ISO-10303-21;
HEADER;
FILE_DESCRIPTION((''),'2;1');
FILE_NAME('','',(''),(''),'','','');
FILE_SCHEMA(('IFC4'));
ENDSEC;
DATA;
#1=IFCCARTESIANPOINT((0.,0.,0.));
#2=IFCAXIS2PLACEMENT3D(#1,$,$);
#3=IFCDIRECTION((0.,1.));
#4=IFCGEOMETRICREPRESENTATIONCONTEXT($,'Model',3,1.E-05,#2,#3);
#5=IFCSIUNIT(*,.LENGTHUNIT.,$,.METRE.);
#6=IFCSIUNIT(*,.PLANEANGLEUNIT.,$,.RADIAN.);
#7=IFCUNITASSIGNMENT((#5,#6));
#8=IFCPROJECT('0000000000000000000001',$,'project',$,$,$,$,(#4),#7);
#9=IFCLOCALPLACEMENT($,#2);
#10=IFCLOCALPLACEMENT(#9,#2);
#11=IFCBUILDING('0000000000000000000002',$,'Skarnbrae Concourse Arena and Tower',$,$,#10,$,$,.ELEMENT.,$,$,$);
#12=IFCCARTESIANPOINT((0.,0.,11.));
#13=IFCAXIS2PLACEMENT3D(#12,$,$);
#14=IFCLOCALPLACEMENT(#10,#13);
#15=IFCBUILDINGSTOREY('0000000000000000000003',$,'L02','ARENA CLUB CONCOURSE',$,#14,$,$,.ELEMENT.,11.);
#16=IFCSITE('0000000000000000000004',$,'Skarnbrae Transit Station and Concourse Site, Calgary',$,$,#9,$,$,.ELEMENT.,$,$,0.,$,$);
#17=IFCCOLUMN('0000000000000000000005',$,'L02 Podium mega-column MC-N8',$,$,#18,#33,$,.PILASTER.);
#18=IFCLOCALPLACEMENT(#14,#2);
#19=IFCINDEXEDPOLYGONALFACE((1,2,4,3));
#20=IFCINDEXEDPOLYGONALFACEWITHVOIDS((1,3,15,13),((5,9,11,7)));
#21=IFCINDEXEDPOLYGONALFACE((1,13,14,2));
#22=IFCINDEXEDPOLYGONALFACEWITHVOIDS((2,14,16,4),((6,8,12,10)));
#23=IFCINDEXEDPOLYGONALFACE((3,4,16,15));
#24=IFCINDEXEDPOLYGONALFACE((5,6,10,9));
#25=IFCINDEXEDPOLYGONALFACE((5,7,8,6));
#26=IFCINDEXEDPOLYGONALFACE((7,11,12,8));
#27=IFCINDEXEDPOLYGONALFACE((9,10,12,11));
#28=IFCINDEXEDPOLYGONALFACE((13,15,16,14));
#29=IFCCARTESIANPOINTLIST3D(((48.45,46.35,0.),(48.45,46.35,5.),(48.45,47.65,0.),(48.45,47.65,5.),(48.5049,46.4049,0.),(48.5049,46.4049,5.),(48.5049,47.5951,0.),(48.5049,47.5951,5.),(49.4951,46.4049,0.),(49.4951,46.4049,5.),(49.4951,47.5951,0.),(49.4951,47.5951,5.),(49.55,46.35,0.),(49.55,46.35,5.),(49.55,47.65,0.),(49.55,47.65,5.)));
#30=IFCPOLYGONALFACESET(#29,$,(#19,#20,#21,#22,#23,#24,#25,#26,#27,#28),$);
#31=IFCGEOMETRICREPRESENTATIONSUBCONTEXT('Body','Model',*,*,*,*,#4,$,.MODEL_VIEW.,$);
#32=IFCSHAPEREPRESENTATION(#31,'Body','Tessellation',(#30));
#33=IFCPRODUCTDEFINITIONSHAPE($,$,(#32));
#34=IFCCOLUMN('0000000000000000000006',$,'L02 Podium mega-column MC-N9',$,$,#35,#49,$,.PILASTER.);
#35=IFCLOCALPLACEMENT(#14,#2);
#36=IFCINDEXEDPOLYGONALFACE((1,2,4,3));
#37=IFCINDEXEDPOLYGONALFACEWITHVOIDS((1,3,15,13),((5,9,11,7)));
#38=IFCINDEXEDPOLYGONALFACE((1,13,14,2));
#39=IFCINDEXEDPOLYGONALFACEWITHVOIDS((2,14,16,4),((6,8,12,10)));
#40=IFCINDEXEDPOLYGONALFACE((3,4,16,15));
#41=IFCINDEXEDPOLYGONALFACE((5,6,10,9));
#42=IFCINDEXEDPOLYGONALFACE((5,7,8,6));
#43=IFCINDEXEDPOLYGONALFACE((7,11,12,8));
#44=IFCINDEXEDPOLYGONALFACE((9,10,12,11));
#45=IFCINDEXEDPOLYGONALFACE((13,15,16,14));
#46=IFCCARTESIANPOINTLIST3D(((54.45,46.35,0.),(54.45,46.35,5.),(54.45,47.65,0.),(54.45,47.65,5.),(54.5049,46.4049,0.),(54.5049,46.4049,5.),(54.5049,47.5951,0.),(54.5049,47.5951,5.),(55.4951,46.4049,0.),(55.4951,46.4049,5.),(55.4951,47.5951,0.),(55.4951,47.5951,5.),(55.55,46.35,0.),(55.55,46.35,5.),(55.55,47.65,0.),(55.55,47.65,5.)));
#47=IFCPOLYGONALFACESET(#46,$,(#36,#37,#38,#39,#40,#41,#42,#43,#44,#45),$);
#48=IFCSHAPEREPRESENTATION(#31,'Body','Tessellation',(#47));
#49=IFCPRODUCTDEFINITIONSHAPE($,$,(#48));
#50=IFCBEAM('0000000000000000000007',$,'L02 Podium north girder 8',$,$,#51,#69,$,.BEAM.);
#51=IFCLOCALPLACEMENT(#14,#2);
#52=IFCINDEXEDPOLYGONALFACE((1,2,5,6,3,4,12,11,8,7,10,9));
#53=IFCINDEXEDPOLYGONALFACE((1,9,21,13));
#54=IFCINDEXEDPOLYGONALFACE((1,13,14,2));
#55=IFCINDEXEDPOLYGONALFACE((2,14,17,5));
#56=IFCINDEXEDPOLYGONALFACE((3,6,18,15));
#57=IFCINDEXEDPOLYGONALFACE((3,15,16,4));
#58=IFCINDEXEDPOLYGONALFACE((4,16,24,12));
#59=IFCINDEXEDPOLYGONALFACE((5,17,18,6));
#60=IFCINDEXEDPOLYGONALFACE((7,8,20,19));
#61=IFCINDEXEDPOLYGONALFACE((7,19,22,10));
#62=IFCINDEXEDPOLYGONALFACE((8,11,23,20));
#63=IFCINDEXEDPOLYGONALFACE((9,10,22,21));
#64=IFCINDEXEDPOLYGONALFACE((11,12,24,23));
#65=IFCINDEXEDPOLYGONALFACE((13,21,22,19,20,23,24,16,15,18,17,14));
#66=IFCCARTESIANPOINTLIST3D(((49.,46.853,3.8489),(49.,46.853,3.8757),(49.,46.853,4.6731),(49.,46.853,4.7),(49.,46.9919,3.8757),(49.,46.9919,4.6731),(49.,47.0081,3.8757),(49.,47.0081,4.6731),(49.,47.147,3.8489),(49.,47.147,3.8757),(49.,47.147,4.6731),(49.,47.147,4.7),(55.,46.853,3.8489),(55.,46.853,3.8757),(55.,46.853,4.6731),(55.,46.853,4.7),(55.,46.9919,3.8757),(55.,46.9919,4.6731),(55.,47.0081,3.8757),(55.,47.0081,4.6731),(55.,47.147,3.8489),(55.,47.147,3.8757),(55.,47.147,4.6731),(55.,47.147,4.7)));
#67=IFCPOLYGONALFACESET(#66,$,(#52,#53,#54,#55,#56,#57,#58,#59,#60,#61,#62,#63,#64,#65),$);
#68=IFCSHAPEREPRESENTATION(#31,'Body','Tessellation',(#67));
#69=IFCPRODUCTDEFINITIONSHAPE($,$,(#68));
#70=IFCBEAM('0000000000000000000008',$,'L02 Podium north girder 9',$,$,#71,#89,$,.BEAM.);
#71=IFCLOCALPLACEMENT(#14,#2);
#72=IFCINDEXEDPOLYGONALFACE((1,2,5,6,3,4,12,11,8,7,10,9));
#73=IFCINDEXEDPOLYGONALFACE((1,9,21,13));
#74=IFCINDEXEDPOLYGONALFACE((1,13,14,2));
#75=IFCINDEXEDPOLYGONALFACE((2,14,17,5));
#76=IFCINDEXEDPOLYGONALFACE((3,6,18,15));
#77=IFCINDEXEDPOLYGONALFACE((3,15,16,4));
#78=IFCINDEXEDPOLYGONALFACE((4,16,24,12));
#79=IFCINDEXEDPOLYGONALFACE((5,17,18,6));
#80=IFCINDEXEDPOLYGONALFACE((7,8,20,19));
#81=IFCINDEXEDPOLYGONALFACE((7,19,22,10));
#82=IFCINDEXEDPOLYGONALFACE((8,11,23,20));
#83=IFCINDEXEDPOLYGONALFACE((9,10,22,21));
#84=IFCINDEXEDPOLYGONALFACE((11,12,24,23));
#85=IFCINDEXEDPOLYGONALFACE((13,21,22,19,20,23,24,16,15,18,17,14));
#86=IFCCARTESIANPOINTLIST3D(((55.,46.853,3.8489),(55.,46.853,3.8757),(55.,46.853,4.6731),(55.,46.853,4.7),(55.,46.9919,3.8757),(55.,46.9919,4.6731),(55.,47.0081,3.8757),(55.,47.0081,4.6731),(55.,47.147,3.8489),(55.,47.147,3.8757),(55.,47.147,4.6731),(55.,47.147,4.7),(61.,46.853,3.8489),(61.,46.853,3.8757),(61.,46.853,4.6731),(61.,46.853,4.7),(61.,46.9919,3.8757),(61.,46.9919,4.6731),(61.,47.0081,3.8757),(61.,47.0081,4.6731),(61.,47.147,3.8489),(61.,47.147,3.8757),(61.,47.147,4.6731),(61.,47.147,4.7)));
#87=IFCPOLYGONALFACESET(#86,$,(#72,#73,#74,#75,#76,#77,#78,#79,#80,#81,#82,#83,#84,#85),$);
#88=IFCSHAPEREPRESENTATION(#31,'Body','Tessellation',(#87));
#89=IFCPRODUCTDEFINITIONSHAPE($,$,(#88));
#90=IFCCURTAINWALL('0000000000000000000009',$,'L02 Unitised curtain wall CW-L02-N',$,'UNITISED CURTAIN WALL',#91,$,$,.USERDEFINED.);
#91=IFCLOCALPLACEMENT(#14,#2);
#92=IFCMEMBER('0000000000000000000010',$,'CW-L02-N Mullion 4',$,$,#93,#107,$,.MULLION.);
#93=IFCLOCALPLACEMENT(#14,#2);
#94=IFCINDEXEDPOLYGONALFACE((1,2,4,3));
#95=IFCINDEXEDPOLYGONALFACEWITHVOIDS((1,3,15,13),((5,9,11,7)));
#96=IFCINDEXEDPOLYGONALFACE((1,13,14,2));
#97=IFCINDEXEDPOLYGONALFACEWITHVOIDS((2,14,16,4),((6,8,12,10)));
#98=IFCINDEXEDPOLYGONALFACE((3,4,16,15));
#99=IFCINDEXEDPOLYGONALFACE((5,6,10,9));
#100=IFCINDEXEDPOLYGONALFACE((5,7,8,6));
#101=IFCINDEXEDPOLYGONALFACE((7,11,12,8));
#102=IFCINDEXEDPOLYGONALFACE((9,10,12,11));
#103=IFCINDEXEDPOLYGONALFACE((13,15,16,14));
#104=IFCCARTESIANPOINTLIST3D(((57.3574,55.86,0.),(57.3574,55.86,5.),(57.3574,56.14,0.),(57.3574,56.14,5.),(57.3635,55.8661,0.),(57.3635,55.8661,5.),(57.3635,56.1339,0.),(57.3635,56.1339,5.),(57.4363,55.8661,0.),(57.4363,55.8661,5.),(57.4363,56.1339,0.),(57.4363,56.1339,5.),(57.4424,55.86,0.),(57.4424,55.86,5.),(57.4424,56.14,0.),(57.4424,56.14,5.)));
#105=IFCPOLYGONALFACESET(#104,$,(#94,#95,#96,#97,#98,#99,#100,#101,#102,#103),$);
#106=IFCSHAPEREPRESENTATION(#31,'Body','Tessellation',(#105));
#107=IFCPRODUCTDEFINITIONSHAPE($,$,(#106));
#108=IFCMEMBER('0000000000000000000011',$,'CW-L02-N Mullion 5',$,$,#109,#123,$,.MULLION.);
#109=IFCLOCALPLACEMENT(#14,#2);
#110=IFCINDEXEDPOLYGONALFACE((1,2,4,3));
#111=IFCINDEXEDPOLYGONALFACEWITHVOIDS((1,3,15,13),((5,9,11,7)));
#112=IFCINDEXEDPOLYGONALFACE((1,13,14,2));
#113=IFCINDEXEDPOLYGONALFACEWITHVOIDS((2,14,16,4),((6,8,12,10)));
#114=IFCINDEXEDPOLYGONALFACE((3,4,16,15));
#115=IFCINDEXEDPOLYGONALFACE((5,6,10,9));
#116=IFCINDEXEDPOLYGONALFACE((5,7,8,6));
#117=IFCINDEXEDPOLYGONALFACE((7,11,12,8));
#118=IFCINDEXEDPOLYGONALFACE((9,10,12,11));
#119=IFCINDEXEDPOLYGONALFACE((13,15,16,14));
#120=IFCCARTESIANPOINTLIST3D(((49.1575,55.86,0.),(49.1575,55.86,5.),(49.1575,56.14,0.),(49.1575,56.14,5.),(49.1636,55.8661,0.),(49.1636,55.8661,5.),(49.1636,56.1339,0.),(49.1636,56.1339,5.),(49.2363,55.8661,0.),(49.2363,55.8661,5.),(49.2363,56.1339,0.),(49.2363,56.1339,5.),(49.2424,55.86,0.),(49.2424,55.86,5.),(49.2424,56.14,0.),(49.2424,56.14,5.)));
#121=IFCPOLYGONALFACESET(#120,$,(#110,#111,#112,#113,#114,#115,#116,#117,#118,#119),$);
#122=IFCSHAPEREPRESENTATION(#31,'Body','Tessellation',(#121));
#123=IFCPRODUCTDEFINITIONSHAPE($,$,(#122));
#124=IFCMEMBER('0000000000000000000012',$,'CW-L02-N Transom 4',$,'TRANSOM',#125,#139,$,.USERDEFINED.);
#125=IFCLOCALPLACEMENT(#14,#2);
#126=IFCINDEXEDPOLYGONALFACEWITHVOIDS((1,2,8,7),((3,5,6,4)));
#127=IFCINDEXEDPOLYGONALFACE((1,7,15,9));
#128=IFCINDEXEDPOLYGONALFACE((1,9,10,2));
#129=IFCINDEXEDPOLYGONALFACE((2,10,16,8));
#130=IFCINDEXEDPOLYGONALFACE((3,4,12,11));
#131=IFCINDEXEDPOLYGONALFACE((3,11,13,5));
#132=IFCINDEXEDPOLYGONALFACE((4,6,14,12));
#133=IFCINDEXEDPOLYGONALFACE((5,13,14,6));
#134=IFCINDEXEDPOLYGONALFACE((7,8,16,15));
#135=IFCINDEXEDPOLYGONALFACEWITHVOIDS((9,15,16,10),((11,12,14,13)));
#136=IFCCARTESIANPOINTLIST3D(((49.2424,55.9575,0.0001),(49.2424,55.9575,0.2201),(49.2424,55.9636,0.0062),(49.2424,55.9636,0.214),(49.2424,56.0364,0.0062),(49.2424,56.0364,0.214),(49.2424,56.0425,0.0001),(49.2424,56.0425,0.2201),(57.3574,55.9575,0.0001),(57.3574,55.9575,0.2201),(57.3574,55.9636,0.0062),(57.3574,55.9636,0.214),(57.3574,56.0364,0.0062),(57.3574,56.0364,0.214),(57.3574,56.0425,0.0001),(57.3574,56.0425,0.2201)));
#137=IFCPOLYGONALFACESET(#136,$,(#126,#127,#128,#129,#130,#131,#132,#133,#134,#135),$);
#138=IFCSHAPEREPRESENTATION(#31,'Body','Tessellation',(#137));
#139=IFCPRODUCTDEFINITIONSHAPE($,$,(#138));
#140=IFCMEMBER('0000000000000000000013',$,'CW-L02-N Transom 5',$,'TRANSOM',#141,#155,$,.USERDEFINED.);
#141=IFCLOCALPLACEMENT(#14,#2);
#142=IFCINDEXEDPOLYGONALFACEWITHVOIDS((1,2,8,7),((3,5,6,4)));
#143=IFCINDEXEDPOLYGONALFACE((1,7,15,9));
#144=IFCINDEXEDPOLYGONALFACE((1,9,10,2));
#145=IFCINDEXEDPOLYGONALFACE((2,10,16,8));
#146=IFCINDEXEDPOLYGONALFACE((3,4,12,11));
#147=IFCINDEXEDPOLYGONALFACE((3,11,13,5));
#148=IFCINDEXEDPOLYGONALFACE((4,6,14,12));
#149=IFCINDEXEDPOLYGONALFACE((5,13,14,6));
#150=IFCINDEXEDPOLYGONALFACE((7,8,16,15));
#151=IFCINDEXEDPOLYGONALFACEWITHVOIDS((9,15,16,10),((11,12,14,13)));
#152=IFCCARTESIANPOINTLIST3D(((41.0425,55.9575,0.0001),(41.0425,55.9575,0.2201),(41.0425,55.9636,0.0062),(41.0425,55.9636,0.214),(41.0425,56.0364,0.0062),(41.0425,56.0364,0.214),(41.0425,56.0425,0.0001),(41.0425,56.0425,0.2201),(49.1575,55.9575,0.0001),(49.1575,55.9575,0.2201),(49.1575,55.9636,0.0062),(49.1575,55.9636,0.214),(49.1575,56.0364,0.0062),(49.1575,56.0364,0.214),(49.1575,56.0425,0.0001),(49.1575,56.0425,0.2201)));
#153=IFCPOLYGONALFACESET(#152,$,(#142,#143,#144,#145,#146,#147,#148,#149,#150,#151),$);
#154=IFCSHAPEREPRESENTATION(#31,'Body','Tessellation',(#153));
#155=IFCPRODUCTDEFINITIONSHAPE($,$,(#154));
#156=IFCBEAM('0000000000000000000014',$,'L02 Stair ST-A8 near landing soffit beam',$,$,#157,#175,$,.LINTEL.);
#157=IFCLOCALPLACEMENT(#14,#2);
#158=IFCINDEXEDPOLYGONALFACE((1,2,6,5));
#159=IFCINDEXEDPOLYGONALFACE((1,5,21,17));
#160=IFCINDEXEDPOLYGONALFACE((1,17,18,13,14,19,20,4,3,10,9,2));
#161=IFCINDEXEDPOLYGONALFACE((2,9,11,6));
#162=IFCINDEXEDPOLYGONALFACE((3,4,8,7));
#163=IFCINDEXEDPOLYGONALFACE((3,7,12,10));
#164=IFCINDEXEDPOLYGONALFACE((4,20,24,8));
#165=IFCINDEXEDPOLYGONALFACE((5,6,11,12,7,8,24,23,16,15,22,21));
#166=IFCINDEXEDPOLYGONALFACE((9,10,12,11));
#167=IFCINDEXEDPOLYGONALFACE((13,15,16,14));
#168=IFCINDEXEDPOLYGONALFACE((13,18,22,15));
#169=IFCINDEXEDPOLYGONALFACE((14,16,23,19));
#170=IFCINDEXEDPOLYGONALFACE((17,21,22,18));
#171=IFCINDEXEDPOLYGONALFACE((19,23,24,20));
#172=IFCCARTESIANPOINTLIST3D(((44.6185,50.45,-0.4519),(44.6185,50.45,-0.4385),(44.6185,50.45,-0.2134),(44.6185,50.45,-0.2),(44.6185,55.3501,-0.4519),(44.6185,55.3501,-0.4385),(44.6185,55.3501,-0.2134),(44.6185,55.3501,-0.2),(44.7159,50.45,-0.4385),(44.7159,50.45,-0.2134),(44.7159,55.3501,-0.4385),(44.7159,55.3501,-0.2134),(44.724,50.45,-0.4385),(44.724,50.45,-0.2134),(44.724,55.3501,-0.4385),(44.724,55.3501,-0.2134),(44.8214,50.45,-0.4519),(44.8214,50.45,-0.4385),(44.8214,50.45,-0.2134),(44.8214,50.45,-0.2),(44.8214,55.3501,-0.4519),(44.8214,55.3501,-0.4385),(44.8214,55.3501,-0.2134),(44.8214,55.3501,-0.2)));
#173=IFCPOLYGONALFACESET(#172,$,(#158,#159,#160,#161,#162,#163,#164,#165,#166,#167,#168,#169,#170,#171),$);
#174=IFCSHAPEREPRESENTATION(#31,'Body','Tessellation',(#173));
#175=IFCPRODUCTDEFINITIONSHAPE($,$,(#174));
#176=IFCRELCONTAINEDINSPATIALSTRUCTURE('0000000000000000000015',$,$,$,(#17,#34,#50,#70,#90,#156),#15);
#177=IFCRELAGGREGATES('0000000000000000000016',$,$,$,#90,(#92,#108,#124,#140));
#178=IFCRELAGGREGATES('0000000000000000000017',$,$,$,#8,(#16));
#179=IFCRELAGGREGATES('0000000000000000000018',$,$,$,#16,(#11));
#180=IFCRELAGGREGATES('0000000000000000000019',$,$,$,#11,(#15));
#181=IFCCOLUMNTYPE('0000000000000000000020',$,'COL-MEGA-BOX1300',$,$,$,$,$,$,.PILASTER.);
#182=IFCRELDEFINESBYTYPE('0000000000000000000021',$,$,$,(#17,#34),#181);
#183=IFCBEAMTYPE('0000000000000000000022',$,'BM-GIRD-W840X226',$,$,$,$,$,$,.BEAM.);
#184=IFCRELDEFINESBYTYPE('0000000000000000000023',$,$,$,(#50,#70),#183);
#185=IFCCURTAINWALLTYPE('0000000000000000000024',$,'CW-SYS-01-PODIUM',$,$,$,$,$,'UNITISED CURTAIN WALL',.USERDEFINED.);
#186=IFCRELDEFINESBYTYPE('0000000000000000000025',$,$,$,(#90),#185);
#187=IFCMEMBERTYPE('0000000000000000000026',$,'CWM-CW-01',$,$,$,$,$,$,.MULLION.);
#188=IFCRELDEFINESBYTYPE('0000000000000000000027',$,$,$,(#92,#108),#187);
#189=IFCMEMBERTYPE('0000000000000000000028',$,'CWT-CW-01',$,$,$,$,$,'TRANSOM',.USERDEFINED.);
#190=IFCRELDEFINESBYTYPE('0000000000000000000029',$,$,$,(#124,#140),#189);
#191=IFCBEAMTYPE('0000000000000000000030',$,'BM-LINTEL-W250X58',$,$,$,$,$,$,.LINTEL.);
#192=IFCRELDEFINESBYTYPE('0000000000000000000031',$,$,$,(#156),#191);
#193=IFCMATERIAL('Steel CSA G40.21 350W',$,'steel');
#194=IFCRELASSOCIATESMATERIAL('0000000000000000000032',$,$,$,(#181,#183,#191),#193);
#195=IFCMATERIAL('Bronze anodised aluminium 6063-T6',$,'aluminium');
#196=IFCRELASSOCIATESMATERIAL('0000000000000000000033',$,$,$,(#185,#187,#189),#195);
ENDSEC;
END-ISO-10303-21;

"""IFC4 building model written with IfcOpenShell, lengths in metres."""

from ifc_helpers import new_model, si_unit, direction, frame, origin, origin_2d, place, context, subcontext, project, spatial, hollow_rectangle, i_section, extrude, source, transform, mapped, material, material_profile, profile_set, type_object, element, aggregate, save


model = new_model("IFC4")

# Units and contexts
model_context = context("Model", 3, precision=1e-05, world=origin(), true_north=direction((0.0, 1.0)))
body_context = subcontext(model_context, "Body", "Model", "MODEL_VIEW")
ifc_project = project(units=[si_unit("LENGTHUNIT", "METRE"), si_unit("PLANEANGLEUNIT", "RADIAN")], contexts=[model_context])

# Site, building, storey
site_placement = place(None, origin())
site = spatial("IfcSite", under=ifc_project, at=site_placement, Name="Skarnbrae Transit Station and Concourse Site, Calgary", CompositionType="ELEMENT", RefElevation=0.0)
building_placement = place(site_placement, origin())
building = spatial("IfcBuilding", under=site, at=building_placement, Name="Skarnbrae Concourse Arena and Tower", CompositionType="ELEMENT")
storey_placement = place(building_placement, frame((0.0, 0.0, 11.0)))
storey = spatial("IfcBuildingStorey", under=building, at=storey_placement, Name="L02", Description="ARENA CLUB CONCOURSE", CompositionType="ELEMENT", Elevation=11.0)

# Columns
ifc_material_1 = material(Name="Steel CSA G40.21 350W", Category="steel")
ifc_material_profile_1 = material_profile(ifc_material_1, hollow_rectangle(XDim=1.1001, YDim=1.3, WallThickness=0.0549, at=origin_2d()), Name="BOX1300X1100X55")
ifc_profile_set_1 = profile_set([ifc_material_profile_1], Name="Steel CSA G40.21 350W")
column_type = type_object("IfcColumnType", Name="COL-MEGA-BOX1300", PredefinedType="PILASTER", material=ifc_profile_set_1)
shared_shape_1 = source(origin(), body_context, "Body", "SweptSolid", [
    extrude(hollow_rectangle(XDim=1.1001, YDim=1.3, WallThickness=0.0549, at=origin_2d()), origin(), (0.0, 0.0, 1.0), 5.0),
])
for number, where, z_axis, x_axis, name in (
    (1, (49.0, 47.0, 0.0), (0.0, 0.0, 1.0), (1.0, 0.0, 0.0), "L02 Podium mega-column MC-N8"),
    (2, (55.0, 47.0, 0.0), (0.0, 0.0, 1.0), (1.0, 0.0, 0.0), "L02 Podium mega-column MC-N9"),
):
    element("IfcColumn", number, at=place(storey_placement, frame(where, z_axis=z_axis, x_axis=x_axis)), inside=storey, type_object=column_type, Name=name, PredefinedType="PILASTER", context=body_context, shape_type="MappedRepresentation", body=[
        mapped(shared_shape_1, transform((0.0, 0.0, 0.0))),
    ])

# Beams
ifc_material_profile_2 = material_profile(ifc_material_1, i_section(OverallWidth=0.2939, OverallDepth=0.8511, WebThickness=0.0161, FlangeThickness=0.0269, at=origin_2d()), Name="W840X226")
ifc_profile_set_2 = profile_set([ifc_material_profile_2], Name="Steel CSA G40.21 350W")
beam_type_1 = type_object("IfcBeamType", Name="BM-GIRD-W840X226", PredefinedType="BEAM", material=ifc_profile_set_2)
shared_shape_2 = source(origin(), body_context, "Body", "SweptSolid", [
    extrude(i_section(OverallWidth=0.2939, OverallDepth=0.8511, WebThickness=0.0161, FlangeThickness=0.0269, at=origin_2d()), origin(), (0.0, 0.0, 1.0), 6.0),
])
for number, where, z_axis, x_axis, name in (
    (3, (49.0, 47.0, 4.2744), (1.0, 0.0, 0.0), (0.0, 1.0, 0.0), "L02 Podium north girder 8"),
    (4, (55.0, 47.0, 4.2744), (1.0, 0.0, 0.0), (0.0, 1.0, 0.0), "L02 Podium north girder 9"),
):
    element("IfcBeam", number, at=place(storey_placement, frame(where, z_axis=z_axis, x_axis=x_axis)), inside=storey, type_object=beam_type_1, Name=name, PredefinedType="BEAM", context=body_context, shape_type="MappedRepresentation", body=[
        mapped(shared_shape_2, transform((0.0, 0.0, 0.0))),
    ])

# Curtain wall, members
ifc_material_2 = material(Name="Bronze anodised aluminium 6063-T6", Category="aluminium")
curtain_wall_type = type_object("IfcCurtainWallType", Name="CW-SYS-01-PODIUM", ElementType="UNITISED CURTAIN WALL", PredefinedType="USERDEFINED", material=ifc_material_2)
curtain_wall_placement = place(storey_placement, origin())
curtain_wall = element("IfcCurtainWall", 5, at=curtain_wall_placement, inside=storey, type_object=curtain_wall_type, Name="L02 Unitised curtain wall CW-L02-N", ObjectType="UNITISED CURTAIN WALL", PredefinedType="USERDEFINED")
ifc_material_profile_3 = material_profile(ifc_material_2, hollow_rectangle(XDim=0.085, YDim=0.28, WallThickness=0.0061, at=origin_2d()), Name="ALU-MULL-85X280")
ifc_profile_set_3 = profile_set([ifc_material_profile_3], Name="Bronze anodised aluminium 6063-T6")
member_type_1 = type_object("IfcMemberType", Name="CWM-CW-01", PredefinedType="MULLION", material=ifc_profile_set_3)
shared_shape_3 = source(origin(), body_context, "Body", "SweptSolid", [
    extrude(hollow_rectangle(XDim=0.085, YDim=0.28, WallThickness=0.0061, at=origin_2d()), origin(), (0.0, 0.0, 1.0), 5.0),
])
member_1_placement = place(storey_placement, frame((57.3999, 56.0, 0.0), z_axis=(0.0, 0.0, 1.0), x_axis=(-1.0, 0.0, 0.0)))
member_1 = element("IfcMember", 6, at=member_1_placement, type_object=member_type_1, Name="CW-L02-N Mullion 4", PredefinedType="MULLION", context=body_context, shape_type="MappedRepresentation", body=[
    mapped(shared_shape_3, transform((0.0, 0.0, 0.0))),
])
member_2_placement = place(storey_placement, frame((49.2, 56.0, 0.0), z_axis=(0.0, 0.0, 1.0), x_axis=(-1.0, 0.0, 0.0)))
member_2 = element("IfcMember", 7, at=member_2_placement, type_object=member_type_1, Name="CW-L02-N Mullion 5", PredefinedType="MULLION", context=body_context, shape_type="MappedRepresentation", body=[
    mapped(shared_shape_3, transform((0.0, 0.0, 0.0))),
])
ifc_material_profile_4 = material_profile(ifc_material_2, hollow_rectangle(XDim=0.085, YDim=0.22, WallThickness=0.0061, at=origin_2d()), Name="ALU-TRAN-85X220")
ifc_profile_set_4 = profile_set([ifc_material_profile_4], Name="Bronze anodised aluminium 6063-T6")
member_type_2 = type_object("IfcMemberType", Name="CWT-CW-01", ElementType="TRANSOM", PredefinedType="USERDEFINED", material=ifc_profile_set_4)
shared_shape_4 = source(origin(), body_context, "Body", "SweptSolid", [
    extrude(hollow_rectangle(XDim=0.085, YDim=0.22, WallThickness=0.0061, at=origin_2d()), origin(), (0.0, 0.0, 1.0), 8.115),
])
member_3_placement = place(storey_placement, frame((57.3574, 56.0, 0.1101), z_axis=(-1.0, 0.0, 0.0), x_axis=(0.0, -1.0, 0.0)))
member_3 = element("IfcMember", 8, at=member_3_placement, type_object=member_type_2, Name="CW-L02-N Transom 4", ObjectType="TRANSOM", PredefinedType="USERDEFINED", context=body_context, shape_type="MappedRepresentation", body=[
    mapped(shared_shape_4, transform((0.0, 0.0, 0.0))),
])
member_4_placement = place(storey_placement, frame((49.1575, 56.0, 0.1101), z_axis=(-1.0, 0.0, 0.0), x_axis=(0.0, -1.0, 0.0)))
member_4 = element("IfcMember", 9, at=member_4_placement, type_object=member_type_2, Name="CW-L02-N Transom 5", ObjectType="TRANSOM", PredefinedType="USERDEFINED", context=body_context, shape_type="MappedRepresentation", body=[
    mapped(shared_shape_4, transform((0.0, 0.0, 0.0))),
])

# Beam
ifc_material_profile_5 = material_profile(ifc_material_1, i_section(OverallWidth=0.2029, OverallDepth=0.252, WebThickness=0.0081, FlangeThickness=0.0134, at=origin_2d()), Name="W250X58")
ifc_profile_set_5 = profile_set([ifc_material_profile_5], Name="Steel CSA G40.21 350W")
beam_type_2 = type_object("IfcBeamType", Name="BM-LINTEL-W250X58", PredefinedType="LINTEL", material=ifc_profile_set_5)
shared_shape_5 = source(origin(), body_context, "Body", "SweptSolid", [
    extrude(i_section(OverallWidth=0.2029, OverallDepth=0.252, WebThickness=0.0081, FlangeThickness=0.0134, at=origin_2d()), origin(), (0.0, 0.0, 1.0), 4.9001),
])
beam_placement = place(storey_placement, frame((44.72, 50.45, -0.3259), z_axis=(0.0, 1.0, 0.0), x_axis=(-1.0, 0.0, 0.0)))
element("IfcBeam", 10, at=beam_placement, inside=storey, type_object=beam_type_2, Name="L02 Stair ST-A8 near landing soffit beam", PredefinedType="LINTEL", context=body_context, shape_type="MappedRepresentation", body=[
    mapped(shared_shape_5, transform((0.0, 0.0, 0.0))),
])

aggregate(curtain_wall, [member_1, member_2, member_3, member_4])

save(model, "model.ifc")
